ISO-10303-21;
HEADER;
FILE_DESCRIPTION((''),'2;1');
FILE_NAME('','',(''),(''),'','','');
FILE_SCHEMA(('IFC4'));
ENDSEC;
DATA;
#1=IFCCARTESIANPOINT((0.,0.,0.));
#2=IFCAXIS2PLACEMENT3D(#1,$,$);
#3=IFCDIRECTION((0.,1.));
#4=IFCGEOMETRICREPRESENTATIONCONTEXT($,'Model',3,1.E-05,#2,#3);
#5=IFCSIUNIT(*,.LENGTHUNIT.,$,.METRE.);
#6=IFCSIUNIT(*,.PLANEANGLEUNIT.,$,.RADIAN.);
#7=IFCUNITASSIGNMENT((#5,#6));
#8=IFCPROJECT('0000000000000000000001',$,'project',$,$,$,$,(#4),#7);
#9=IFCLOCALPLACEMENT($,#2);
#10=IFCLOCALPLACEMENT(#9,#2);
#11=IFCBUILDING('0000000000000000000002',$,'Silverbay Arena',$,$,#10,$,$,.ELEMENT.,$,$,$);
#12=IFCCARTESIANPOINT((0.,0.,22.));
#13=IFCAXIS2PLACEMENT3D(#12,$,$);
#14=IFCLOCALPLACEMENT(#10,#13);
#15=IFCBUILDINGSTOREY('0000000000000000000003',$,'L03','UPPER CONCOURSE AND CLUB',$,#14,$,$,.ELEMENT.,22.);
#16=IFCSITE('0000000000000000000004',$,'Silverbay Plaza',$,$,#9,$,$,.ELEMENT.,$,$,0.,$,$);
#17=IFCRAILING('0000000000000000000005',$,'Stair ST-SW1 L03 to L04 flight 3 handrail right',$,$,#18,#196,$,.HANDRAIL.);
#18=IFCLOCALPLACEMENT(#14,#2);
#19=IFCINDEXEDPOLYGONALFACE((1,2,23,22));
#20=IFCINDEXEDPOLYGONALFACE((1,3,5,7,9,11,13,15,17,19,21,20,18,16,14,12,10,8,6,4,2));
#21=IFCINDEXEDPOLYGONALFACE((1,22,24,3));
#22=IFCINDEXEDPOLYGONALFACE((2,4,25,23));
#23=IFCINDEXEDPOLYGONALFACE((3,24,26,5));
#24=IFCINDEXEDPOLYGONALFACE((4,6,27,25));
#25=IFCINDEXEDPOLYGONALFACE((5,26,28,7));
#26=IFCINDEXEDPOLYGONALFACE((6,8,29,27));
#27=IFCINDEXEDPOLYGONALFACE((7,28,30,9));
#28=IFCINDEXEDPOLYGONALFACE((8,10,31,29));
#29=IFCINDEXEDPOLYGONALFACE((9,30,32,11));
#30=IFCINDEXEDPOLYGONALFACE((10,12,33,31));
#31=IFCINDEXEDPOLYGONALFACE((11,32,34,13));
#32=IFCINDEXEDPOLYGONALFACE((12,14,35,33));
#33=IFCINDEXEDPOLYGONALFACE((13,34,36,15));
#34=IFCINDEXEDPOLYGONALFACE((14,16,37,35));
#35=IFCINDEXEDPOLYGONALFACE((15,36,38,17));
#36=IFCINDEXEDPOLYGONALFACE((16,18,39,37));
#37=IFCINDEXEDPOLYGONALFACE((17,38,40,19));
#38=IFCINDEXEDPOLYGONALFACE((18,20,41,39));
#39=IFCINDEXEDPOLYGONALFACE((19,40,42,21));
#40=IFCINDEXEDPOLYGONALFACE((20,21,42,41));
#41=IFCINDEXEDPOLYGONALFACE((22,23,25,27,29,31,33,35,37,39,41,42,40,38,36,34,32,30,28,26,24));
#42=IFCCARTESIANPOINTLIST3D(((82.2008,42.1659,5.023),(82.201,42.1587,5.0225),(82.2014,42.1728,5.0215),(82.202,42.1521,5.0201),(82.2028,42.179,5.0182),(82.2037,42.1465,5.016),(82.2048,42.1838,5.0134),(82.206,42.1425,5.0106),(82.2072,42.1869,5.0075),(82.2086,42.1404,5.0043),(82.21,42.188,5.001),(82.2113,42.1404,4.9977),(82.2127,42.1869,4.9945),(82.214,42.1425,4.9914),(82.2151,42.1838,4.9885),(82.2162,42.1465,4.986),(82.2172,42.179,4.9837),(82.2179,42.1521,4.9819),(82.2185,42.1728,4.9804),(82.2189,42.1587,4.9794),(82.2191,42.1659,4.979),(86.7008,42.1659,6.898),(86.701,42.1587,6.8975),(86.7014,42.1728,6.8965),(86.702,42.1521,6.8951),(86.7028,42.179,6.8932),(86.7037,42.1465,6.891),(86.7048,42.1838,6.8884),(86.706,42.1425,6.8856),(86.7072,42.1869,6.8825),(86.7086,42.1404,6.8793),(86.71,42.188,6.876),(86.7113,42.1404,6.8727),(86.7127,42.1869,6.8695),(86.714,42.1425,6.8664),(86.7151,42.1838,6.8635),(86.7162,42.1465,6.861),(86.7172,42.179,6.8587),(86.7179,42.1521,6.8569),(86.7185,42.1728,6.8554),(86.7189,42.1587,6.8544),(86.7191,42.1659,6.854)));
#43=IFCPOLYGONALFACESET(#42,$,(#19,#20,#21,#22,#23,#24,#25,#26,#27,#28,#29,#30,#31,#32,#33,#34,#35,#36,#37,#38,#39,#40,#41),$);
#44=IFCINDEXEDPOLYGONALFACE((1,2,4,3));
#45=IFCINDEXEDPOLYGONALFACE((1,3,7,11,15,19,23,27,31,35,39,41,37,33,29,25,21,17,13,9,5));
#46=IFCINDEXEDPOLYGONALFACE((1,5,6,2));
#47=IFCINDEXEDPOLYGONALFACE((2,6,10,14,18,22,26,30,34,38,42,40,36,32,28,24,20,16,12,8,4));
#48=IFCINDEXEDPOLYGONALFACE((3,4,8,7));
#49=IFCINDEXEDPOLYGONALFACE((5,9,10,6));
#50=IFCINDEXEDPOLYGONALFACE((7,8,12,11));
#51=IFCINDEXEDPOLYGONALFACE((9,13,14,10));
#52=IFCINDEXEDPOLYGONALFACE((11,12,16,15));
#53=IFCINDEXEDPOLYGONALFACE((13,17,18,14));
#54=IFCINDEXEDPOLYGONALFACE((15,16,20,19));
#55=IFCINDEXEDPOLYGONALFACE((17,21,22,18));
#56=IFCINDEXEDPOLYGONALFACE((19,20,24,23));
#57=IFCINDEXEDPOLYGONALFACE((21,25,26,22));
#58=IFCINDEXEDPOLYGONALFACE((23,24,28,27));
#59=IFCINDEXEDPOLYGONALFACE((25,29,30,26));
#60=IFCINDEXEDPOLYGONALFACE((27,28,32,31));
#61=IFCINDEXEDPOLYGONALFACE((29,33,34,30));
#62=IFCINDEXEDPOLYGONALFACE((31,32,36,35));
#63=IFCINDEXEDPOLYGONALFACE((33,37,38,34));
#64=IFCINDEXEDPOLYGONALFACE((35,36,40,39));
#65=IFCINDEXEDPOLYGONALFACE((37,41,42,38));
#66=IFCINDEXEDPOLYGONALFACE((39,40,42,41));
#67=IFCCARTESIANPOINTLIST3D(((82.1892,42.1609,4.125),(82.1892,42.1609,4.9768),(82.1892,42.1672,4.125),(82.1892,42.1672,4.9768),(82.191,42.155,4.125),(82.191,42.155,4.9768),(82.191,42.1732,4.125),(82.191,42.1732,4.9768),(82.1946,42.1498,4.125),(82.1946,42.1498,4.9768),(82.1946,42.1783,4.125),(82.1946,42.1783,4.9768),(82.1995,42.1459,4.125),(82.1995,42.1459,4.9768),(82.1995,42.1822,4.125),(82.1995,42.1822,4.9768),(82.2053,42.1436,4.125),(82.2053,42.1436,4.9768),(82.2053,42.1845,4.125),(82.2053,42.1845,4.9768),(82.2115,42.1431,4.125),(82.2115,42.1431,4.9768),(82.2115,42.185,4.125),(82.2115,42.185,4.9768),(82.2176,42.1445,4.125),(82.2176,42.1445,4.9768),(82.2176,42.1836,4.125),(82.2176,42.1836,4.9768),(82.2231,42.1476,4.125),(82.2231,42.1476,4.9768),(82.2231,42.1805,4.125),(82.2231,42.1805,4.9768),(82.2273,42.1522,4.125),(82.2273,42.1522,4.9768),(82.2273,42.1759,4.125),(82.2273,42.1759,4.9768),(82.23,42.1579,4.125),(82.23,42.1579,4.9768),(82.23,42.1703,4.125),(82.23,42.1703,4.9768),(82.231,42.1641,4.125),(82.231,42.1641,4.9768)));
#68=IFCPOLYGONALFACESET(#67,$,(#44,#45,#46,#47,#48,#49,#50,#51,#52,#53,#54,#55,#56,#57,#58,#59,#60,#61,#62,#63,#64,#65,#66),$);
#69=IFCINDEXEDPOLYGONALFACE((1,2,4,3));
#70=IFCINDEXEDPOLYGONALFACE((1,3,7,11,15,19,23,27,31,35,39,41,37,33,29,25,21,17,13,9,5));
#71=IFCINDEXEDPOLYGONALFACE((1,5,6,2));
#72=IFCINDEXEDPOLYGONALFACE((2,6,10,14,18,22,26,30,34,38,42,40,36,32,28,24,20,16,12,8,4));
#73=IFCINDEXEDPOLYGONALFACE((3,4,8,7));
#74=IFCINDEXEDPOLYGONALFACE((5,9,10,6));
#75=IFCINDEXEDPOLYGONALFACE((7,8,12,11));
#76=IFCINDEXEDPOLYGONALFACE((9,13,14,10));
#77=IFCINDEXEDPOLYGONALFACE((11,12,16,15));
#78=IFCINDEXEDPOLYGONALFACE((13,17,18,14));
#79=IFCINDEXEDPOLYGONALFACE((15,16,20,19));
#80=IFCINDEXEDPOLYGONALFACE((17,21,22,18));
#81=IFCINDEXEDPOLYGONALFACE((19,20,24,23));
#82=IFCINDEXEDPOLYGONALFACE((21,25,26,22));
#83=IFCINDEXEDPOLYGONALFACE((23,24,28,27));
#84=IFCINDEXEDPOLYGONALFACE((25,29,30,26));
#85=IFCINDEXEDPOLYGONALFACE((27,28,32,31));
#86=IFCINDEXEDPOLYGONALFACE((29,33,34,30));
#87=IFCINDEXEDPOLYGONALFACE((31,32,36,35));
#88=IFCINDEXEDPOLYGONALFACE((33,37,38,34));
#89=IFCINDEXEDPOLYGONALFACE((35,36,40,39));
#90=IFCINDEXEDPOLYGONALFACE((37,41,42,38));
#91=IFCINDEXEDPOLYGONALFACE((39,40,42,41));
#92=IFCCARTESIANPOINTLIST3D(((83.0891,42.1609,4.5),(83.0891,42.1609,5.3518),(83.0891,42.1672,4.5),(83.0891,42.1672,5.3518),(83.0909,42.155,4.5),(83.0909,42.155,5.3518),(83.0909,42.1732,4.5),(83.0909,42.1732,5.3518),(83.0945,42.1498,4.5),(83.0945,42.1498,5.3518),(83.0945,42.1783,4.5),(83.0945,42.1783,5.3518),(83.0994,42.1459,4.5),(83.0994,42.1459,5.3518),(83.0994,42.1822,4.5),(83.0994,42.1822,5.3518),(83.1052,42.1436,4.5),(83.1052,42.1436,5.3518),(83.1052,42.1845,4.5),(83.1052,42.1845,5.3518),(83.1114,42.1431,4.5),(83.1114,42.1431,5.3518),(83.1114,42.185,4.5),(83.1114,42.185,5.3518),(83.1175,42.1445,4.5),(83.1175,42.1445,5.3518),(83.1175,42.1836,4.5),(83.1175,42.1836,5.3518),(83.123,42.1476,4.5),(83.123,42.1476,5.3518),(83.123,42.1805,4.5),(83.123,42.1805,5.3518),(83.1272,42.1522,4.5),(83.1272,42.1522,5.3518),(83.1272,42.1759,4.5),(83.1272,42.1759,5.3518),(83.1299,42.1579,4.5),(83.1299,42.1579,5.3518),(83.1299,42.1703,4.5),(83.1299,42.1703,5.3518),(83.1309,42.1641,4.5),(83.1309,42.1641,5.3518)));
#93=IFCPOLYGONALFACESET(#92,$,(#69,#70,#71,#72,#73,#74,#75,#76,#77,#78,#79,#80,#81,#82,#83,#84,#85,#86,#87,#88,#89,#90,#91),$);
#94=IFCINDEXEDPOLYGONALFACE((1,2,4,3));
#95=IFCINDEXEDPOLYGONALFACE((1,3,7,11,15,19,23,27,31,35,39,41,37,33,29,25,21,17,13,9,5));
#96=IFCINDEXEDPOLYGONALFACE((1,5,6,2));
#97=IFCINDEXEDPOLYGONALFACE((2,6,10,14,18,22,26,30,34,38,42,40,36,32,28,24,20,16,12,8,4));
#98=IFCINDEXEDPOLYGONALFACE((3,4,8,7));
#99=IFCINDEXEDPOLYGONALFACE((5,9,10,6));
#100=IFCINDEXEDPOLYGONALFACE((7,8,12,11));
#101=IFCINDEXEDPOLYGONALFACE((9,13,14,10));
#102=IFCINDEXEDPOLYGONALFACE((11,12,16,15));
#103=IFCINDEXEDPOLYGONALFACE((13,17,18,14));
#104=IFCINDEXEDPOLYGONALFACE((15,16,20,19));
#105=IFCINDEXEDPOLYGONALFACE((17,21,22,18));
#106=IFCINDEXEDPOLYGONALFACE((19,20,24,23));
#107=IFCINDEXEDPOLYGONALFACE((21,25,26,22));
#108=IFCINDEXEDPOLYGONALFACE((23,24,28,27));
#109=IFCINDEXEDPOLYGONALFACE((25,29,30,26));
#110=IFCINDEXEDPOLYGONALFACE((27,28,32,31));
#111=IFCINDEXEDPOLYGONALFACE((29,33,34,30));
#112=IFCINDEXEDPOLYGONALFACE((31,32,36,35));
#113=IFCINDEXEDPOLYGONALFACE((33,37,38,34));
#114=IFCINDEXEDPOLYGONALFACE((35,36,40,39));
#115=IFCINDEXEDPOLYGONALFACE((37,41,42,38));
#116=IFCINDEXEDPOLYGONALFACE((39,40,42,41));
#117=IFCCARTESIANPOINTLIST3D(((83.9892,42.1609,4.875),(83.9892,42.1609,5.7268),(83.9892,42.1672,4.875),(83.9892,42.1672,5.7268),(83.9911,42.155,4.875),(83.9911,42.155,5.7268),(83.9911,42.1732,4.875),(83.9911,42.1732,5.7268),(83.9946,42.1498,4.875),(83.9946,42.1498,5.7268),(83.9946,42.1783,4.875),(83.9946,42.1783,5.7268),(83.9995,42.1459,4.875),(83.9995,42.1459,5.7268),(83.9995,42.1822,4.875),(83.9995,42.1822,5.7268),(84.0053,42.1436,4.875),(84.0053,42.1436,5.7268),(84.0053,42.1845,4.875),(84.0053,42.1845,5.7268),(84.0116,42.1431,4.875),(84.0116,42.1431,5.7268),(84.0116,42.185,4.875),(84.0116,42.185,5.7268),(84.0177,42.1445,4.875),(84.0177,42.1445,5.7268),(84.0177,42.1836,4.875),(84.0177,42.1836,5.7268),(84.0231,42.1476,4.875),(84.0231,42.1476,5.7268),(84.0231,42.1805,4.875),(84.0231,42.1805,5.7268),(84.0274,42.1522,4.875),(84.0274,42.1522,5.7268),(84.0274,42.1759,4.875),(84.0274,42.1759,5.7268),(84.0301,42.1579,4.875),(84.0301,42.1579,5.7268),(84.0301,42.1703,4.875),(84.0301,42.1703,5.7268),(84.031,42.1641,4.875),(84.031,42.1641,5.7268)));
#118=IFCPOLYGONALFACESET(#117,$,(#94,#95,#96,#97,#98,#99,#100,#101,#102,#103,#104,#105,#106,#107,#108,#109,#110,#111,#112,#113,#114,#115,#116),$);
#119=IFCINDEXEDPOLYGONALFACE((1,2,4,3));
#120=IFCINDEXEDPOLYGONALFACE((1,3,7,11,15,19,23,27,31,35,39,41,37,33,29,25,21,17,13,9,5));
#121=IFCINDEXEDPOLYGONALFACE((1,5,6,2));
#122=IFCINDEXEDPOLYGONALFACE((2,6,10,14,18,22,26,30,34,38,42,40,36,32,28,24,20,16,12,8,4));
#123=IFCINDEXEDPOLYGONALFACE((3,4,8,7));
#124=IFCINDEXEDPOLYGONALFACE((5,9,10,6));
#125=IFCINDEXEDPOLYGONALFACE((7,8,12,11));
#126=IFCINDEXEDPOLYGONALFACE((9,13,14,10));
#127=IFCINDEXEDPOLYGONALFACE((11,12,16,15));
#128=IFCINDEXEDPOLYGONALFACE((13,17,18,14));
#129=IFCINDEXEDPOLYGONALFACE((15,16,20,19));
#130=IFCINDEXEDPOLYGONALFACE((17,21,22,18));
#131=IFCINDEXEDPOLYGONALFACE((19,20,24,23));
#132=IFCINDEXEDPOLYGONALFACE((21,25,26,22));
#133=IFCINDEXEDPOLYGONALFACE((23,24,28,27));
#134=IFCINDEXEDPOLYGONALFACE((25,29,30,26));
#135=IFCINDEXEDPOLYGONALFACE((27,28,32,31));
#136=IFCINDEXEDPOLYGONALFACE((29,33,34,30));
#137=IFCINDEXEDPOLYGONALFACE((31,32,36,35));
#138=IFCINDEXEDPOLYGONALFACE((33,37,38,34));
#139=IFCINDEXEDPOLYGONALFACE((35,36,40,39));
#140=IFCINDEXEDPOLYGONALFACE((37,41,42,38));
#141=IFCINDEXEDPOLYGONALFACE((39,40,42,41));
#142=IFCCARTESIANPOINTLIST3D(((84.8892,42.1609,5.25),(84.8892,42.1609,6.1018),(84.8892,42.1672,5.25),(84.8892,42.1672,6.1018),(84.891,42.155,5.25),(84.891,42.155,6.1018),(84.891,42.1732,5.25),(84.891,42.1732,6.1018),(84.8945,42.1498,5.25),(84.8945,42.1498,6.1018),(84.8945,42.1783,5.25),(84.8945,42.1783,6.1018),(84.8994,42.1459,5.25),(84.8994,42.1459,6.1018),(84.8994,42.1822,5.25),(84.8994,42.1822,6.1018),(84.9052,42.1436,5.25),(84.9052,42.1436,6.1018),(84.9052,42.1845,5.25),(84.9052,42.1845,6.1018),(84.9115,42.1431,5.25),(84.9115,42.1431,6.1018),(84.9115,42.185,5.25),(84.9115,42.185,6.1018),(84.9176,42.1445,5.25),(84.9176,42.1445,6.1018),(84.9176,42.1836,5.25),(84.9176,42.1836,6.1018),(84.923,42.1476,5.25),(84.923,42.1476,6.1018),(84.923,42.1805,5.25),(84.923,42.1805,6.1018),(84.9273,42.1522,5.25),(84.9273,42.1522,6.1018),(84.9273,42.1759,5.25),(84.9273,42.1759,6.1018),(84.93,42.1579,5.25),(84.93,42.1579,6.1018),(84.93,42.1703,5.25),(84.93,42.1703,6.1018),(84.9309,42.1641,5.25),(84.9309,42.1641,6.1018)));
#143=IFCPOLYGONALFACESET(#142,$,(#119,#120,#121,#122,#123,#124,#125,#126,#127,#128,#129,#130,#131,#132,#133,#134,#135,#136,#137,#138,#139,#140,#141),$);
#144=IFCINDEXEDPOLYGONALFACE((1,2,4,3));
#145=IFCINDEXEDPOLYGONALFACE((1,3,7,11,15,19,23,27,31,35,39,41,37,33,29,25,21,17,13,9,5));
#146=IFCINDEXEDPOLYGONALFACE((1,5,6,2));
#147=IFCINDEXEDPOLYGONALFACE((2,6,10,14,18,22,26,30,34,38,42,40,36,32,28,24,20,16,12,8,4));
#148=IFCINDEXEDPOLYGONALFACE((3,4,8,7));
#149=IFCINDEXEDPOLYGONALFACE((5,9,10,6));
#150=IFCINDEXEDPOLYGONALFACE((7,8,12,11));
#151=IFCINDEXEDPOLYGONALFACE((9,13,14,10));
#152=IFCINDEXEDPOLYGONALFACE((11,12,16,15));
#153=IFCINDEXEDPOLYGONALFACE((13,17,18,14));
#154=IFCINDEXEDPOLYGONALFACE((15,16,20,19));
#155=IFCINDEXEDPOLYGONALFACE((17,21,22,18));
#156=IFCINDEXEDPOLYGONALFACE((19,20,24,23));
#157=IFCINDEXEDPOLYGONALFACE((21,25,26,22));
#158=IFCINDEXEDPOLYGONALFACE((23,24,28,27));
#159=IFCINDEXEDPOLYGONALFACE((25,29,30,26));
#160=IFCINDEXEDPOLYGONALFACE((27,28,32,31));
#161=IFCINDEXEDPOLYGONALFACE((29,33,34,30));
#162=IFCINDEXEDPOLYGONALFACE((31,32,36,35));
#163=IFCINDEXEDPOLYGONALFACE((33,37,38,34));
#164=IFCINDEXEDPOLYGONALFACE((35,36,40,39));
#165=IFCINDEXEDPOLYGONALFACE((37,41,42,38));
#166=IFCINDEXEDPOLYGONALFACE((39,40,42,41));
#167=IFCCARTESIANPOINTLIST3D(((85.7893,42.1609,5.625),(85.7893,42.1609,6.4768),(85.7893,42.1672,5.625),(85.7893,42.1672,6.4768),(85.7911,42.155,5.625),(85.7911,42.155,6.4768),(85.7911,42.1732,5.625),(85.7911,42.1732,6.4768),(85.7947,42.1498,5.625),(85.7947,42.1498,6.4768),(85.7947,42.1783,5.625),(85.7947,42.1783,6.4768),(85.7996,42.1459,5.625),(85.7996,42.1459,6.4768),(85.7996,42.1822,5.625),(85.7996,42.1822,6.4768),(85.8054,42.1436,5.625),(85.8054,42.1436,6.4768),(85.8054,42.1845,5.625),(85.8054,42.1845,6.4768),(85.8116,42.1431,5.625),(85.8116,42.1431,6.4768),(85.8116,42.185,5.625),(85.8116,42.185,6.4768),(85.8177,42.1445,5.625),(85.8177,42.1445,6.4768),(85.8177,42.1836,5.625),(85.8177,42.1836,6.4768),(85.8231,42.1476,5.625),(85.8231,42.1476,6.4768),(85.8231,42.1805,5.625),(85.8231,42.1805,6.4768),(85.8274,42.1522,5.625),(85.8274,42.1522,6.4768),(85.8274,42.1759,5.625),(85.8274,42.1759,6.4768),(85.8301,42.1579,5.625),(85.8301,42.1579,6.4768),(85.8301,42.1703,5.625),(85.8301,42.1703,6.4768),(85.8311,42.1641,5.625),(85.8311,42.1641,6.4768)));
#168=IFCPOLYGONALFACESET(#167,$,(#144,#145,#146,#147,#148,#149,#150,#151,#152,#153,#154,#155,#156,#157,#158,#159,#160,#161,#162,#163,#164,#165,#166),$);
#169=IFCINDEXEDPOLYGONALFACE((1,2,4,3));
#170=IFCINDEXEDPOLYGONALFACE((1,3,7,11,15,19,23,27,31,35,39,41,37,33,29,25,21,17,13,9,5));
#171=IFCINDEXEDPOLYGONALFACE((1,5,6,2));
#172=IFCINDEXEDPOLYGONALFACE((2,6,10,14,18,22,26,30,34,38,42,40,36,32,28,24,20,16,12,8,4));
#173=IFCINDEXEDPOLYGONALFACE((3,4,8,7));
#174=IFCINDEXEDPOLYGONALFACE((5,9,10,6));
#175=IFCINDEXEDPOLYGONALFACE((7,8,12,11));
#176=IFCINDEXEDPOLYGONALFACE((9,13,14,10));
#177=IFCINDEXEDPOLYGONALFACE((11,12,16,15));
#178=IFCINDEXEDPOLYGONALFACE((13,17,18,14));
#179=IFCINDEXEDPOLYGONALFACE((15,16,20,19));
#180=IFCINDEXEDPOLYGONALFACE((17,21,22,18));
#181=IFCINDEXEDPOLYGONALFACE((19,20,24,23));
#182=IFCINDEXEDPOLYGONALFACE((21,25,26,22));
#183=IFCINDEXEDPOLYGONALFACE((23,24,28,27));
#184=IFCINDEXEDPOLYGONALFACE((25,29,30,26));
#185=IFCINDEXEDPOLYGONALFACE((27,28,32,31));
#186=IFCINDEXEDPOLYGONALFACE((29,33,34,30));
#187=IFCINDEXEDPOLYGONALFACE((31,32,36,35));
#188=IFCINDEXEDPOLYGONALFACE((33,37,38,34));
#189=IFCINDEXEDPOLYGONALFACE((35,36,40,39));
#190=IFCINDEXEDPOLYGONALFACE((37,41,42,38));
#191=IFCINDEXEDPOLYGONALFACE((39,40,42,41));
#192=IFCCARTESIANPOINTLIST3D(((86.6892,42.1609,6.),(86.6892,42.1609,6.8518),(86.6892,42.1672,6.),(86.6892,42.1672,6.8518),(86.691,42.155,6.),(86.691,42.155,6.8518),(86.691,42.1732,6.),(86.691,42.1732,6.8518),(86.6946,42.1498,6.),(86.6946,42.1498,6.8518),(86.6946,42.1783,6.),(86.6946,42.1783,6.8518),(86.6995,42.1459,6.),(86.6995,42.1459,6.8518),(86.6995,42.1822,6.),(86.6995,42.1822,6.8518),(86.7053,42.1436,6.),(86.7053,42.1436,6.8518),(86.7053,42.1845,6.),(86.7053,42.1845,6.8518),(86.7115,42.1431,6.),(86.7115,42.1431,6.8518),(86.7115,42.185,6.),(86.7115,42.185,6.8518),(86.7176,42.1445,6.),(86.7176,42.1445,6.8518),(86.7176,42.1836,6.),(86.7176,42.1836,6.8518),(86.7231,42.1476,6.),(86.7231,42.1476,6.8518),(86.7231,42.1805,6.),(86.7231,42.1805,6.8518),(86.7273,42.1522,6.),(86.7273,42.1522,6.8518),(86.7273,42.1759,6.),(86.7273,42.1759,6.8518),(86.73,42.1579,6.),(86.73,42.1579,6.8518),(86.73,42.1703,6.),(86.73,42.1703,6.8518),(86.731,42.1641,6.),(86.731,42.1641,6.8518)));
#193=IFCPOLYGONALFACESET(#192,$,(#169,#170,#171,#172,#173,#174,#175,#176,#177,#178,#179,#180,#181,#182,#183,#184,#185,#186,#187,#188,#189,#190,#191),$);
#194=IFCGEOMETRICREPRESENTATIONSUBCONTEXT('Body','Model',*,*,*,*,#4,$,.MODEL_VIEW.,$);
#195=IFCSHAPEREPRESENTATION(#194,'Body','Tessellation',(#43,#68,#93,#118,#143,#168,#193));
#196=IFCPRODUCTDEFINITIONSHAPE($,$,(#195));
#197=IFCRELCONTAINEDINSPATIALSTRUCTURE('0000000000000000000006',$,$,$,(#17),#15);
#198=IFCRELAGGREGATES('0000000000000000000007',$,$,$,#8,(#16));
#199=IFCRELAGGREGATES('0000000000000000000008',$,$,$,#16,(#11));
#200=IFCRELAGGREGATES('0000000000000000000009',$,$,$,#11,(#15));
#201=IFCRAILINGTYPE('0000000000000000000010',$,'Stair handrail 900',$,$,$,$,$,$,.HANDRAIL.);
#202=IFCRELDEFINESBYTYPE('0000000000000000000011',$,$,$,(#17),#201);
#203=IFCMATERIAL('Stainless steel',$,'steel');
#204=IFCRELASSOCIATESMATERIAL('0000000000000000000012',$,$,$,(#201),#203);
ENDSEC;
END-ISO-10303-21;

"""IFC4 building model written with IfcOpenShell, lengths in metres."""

from ifc_helpers import new_model, si_unit, direction, frame, origin, origin_2d, place, context, subcontext, project, spatial, circle, extrude, material, type_object, element, save


model = new_model("IFC4")

# Units and contexts
model_context = context("Model", 3, precision=1e-05, world=origin(), true_north=direction((0.0, 1.0)))
body_context = subcontext(model_context, "Body", "Model", "MODEL_VIEW")
ifc_project = project(units=[si_unit("LENGTHUNIT", "METRE"), si_unit("PLANEANGLEUNIT", "RADIAN")], contexts=[model_context])

# Site, building, storey
site_placement = place(None, origin())
site = spatial("IfcSite", under=ifc_project, at=site_placement, Name="Silverbay Plaza", CompositionType="ELEMENT", RefElevation=0.0)
building_placement = place(site_placement, origin())
building = spatial("IfcBuilding", under=site, at=building_placement, Name="Silverbay Arena", CompositionType="ELEMENT")
storey_placement = place(building_placement, frame((0.0, 0.0, 22.0)))
storey = spatial("IfcBuildingStorey", under=building, at=storey_placement, Name="L03", Description="UPPER CONCOURSE AND CLUB", CompositionType="ELEMENT", Elevation=22.0)

# Railing
ifc_material_1 = material(Name="Stainless steel", Category="steel")
railing_type_1 = type_object("IfcRailingType", Name="Stair handrail 900", PredefinedType="HANDRAIL", material=ifc_material_1)
for number, where, name in (
    (1, (82.21, 42.1641, 4.125), "Stair ST-SW1 L03 to L04 flight 3 handrail right"),
):
    element("IfcRailing", number, at=place(storey_placement, frame(where)), inside=storey, type_object=railing_type_1, Name=name, PredefinedType="HANDRAIL", context=body_context, shape_type="SweptSolid", body=[
        extrude(circle(Radius=0.0239, at=origin_2d()), frame((0.0, 0.0, 0.876), z_axis=(0.923077, 0.0, 0.384615), x_axis=(0.0, 1.0, 0.0)), (0.0, 0.0, 1.0), 4.875),
        extrude(circle(Radius=0.021, at=origin_2d()), origin(), (0.0, 0.0, 1.0), 0.8518),
        extrude(circle(Radius=0.021, at=origin_2d()), frame((0.8999, 0.0, 0.375)), (0.0, 0.0, 1.0), 0.8518),
        extrude(circle(Radius=0.021, at=origin_2d()), frame((1.8, 0.0, 0.75)), (0.0, 0.0, 1.0), 0.8518),
        extrude(circle(Radius=0.021, at=origin_2d()), frame((2.7, 0.0, 1.125)), (0.0, 0.0, 1.0), 0.8518),
        extrude(circle(Radius=0.021, at=origin_2d()), frame((3.6001, 0.0, 1.5)), (0.0, 0.0, 1.0), 0.8518),
        extrude(circle(Radius=0.021, at=origin_2d()), frame((4.5, 0.0, 1.875)), (0.0, 0.0, 1.0), 0.8518),
    ])

save(model, "model.ifc")
